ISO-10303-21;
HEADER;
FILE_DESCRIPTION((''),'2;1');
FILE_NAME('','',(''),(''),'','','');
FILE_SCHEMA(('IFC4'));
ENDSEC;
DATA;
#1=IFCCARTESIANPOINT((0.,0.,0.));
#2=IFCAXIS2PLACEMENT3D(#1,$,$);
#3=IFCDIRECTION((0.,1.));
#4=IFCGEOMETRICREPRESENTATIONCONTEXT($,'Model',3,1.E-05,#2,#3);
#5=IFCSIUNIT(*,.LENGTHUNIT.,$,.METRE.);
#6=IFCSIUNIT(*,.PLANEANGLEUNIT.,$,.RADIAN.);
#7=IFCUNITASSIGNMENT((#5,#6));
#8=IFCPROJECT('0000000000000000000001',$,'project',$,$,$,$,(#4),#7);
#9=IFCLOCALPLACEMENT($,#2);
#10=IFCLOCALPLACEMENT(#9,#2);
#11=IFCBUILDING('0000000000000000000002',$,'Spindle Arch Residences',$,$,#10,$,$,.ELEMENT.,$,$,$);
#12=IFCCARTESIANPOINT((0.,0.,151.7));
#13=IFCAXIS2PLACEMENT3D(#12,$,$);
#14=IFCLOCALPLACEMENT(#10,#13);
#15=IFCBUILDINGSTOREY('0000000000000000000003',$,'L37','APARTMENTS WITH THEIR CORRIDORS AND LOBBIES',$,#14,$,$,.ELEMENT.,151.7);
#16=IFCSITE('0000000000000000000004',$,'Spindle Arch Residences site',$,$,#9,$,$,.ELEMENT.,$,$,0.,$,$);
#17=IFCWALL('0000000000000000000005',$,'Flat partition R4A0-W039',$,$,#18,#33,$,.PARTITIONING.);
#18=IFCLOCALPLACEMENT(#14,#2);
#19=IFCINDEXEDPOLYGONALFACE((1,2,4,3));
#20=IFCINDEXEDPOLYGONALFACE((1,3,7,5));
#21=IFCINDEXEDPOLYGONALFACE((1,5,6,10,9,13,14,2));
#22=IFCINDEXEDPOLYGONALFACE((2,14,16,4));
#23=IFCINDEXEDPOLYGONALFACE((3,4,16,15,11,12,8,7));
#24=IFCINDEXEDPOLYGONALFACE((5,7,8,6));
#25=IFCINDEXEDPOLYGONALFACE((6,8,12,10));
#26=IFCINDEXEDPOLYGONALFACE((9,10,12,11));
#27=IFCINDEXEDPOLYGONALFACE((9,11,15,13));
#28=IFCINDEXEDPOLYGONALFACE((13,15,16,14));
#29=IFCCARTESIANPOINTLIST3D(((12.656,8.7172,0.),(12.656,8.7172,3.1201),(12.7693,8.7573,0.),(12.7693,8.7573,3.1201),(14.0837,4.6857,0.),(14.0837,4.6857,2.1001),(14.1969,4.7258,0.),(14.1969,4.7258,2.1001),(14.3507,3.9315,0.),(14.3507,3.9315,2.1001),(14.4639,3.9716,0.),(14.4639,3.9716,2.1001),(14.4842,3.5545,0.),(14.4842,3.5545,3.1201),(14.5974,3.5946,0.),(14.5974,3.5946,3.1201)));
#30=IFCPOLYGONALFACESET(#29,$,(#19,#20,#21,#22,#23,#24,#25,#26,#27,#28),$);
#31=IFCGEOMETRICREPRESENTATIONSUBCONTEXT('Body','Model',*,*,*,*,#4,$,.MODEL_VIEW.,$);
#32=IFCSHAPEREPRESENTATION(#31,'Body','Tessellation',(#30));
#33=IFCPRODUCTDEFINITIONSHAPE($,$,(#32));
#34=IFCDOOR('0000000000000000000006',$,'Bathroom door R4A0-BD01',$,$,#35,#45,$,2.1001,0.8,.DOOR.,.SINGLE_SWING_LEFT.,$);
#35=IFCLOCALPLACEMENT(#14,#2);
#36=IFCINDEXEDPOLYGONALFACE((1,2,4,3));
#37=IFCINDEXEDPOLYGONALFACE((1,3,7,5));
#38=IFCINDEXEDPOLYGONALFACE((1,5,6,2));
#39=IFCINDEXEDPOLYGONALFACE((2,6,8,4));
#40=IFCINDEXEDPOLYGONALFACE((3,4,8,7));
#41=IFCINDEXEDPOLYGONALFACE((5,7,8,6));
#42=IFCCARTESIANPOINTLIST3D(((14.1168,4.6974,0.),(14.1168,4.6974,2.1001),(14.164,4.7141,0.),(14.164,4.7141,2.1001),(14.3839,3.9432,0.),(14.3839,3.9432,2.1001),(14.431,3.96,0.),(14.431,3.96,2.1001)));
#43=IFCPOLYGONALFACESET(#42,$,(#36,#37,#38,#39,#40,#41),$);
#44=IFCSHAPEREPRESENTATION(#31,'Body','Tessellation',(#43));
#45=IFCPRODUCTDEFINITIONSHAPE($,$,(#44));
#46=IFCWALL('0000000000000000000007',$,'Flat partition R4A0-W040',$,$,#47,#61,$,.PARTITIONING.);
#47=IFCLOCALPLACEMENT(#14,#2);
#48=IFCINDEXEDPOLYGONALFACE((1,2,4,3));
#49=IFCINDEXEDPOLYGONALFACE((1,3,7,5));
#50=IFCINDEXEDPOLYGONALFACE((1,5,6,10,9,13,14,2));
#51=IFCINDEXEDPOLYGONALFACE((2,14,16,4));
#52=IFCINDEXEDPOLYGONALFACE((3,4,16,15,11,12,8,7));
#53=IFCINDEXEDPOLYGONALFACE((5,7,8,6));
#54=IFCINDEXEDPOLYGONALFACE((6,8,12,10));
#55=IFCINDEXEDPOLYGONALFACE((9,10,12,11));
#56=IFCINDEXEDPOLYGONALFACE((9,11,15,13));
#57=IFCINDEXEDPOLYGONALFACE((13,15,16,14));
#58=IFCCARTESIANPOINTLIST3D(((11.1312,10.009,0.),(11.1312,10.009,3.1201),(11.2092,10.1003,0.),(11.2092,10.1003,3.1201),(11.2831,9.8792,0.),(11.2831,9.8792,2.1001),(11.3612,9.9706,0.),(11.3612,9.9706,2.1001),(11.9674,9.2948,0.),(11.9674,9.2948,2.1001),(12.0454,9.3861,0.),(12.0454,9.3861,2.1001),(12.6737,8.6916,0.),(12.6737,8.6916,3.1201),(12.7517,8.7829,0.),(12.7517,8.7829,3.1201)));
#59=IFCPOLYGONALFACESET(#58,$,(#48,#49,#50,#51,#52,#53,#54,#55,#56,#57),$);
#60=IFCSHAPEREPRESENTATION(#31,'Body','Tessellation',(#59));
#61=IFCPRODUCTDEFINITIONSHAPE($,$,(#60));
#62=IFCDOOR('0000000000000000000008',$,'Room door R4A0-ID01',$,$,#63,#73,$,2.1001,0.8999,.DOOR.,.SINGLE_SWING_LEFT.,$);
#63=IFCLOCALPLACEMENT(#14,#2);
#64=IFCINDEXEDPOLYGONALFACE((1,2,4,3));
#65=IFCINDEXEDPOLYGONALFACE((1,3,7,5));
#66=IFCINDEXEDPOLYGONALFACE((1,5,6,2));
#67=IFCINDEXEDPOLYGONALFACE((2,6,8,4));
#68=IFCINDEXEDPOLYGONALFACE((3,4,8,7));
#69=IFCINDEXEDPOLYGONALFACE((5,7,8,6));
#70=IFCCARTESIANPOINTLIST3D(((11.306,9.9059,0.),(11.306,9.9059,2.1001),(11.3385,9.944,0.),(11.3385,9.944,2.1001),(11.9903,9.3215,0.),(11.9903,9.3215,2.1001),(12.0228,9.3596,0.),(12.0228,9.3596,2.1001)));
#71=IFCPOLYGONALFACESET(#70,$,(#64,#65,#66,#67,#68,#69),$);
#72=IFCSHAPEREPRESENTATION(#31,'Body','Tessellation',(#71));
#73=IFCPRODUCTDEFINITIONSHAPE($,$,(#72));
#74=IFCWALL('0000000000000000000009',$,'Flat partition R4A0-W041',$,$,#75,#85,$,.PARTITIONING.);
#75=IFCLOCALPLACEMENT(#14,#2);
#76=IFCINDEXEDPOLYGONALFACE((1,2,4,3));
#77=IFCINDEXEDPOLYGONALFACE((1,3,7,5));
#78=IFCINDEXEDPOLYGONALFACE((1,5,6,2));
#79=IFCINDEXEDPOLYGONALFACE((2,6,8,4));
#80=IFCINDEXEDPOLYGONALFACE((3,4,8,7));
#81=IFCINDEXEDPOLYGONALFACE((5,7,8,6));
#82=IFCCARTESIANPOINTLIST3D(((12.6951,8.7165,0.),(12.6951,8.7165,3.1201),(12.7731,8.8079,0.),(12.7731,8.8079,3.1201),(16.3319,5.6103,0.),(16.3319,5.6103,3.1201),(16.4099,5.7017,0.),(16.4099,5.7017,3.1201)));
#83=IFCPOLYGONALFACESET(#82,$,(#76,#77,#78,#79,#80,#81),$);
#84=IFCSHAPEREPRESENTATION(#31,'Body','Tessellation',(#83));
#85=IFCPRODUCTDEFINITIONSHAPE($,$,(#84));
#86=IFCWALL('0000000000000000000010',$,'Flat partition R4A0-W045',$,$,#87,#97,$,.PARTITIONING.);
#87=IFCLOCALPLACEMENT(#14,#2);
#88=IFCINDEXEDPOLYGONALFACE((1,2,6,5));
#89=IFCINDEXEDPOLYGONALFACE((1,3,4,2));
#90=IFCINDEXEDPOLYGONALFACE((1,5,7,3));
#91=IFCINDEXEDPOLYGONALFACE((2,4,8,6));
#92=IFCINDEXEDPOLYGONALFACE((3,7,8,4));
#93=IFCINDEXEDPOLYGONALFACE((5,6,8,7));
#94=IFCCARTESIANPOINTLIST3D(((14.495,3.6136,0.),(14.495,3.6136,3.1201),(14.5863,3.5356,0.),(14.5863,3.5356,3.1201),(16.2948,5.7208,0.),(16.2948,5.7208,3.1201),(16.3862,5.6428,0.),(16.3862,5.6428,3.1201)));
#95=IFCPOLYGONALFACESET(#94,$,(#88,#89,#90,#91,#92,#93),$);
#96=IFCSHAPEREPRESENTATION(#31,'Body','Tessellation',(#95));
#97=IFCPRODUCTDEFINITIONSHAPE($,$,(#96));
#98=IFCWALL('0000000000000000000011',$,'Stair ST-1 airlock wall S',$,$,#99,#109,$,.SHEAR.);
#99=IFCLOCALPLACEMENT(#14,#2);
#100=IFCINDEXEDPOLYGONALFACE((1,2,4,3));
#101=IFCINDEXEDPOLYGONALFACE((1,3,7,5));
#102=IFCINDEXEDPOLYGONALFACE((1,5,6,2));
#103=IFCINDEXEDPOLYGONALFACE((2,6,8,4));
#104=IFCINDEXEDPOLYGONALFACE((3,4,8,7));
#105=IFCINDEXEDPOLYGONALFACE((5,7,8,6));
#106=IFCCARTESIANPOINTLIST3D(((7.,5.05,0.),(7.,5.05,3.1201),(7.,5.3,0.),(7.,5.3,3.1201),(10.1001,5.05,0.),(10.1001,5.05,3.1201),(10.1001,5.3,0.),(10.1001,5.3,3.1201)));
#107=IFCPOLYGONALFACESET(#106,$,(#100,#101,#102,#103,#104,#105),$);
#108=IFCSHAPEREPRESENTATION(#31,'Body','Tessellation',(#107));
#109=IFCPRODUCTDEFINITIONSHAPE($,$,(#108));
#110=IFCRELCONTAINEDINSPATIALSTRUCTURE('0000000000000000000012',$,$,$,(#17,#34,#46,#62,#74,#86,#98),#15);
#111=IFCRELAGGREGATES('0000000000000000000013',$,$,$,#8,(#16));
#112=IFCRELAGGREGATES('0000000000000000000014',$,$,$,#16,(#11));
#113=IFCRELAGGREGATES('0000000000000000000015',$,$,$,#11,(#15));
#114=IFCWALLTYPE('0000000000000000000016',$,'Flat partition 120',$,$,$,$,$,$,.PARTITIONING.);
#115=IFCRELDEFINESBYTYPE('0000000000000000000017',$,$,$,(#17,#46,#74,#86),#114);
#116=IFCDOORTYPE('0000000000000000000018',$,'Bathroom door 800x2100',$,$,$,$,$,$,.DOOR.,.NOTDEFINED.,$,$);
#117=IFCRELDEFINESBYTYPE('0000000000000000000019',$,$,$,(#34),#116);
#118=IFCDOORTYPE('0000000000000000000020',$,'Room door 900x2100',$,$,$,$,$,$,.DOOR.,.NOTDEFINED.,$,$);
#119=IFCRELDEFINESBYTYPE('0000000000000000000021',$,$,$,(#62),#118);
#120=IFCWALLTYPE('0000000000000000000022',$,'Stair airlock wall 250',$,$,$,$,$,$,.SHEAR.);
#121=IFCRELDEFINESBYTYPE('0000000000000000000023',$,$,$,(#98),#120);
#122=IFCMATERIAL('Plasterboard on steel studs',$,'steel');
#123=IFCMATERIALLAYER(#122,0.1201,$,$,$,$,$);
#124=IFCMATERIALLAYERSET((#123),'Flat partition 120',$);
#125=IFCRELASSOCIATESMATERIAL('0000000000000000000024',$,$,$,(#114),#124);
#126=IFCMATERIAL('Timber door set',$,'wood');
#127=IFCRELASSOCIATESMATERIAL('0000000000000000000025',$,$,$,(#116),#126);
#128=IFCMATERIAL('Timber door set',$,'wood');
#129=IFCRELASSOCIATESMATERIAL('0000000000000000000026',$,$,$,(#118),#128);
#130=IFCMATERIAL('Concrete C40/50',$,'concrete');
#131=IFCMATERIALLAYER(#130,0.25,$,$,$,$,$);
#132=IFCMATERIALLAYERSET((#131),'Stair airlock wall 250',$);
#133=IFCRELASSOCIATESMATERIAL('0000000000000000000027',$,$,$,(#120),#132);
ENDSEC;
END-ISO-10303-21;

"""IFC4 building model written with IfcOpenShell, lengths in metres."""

from ifc_helpers import new_model, si_unit, direction, frame, frame_2d, origin, place, context, subcontext, project, spatial, rectangle, extrude, material, layer, layer_set, type_object, element, fill, save


model = new_model("IFC4")

# Units and contexts
model_context = context("Model", 3, precision=1e-05, world=origin(), true_north=direction((0.0, 1.0)))
body_context = subcontext(model_context, "Body", "Model", "MODEL_VIEW")
ifc_project = project(units=[si_unit("LENGTHUNIT", "METRE"), si_unit("PLANEANGLEUNIT", "RADIAN")], contexts=[model_context])

# Site, building, storey
site_placement = place(None, origin())
site = spatial("IfcSite", under=ifc_project, at=site_placement, Name="Spindle Arch Residences site", CompositionType="ELEMENT", RefElevation=0.0)
building_placement = place(site_placement, origin())
building = spatial("IfcBuilding", under=site, at=building_placement, Name="Spindle Arch Residences", CompositionType="ELEMENT")
storey_placement = place(building_placement, frame((0.0, 0.0, 151.7)))
storey = spatial("IfcBuildingStorey", under=building, at=storey_placement, Name="L37", Description="APARTMENTS WITH THEIR CORRIDORS AND LOBBIES", CompositionType="ELEMENT", Elevation=151.7)

# Walls, openings, doors
ifc_material_1 = material(Name="Plasterboard on steel studs", Category="steel")
ifc_layer_1 = layer(ifc_material_1, 0.1201)
ifc_layer_set_1 = layer_set([ifc_layer_1], Name="Flat partition 120")
wall_type_1 = type_object("IfcWallType", Name="Flat partition 120", PredefinedType="PARTITIONING", material=ifc_layer_set_1)
wall_1_placement = place(storey_placement, frame((14.5408, 3.5747, 0.0), z_axis=(0.0, 0.0, 1.0), x_axis=(-0.333799, 0.942644, 0.0)))
wall_1 = element("IfcWall", 1, at=wall_1_placement, inside=storey, type_object=wall_type_1, Name="Flat partition R4A0-W039", PredefinedType="PARTITIONING", context=body_context, shape_type="SweptSolid", body=[
    extrude(rectangle(XDim=5.4768, YDim=0.1201, at=frame_2d((2.7383, 0.0))), origin(), (0.0, 0.0, 1.0), 3.1201),
])
opening_1_placement = place(wall_1_placement, frame((0.3999, 0.0, 0.0)))
opening_1 = element("IfcOpeningElement", 2, at=opening_1_placement, cuts=wall_1, PredefinedType="OPENING", context=body_context, shape_type="SweptSolid", body=[
    extrude(rectangle(XDim=0.8, YDim=2.1001, at=frame_2d((0.3999, 1.05))), frame((0.0, 0.0701, 0.0), z_axis=(0.0, -1.0, 0.0), x_axis=(1.0, 0.0, 0.0)), (0.0, 0.0, 1.0), 0.1401),
])
ifc_material_2 = material(Name="Timber door set", Category="wood")
door_type_1 = type_object("IfcDoorType", Name="Bathroom door 800x2100", OperationType="NOTDEFINED", PredefinedType="DOOR", material=ifc_material_2)
door_1_placement = place(opening_1_placement, origin())
door_1 = element("IfcDoor", 3, at=door_1_placement, inside=storey, type_object=door_type_1, Name="Bathroom door R4A0-BD01", OperationType="SINGLE_SWING_LEFT", OverallHeight=2.1001, OverallWidth=0.8, PredefinedType="DOOR", context=body_context, shape_type="SweptSolid", body=[
    extrude(rectangle(XDim=0.8, YDim=2.1001, at=frame_2d((0.3999, 1.05))), frame((0.0, 0.0249, 0.0), z_axis=(0.0, -1.0, 0.0), x_axis=(1.0, 0.0, 0.0)), (0.0, 0.0, 1.0), 0.05),
])
fill(opening_1, door_1)
wall_2_placement = place(storey_placement, frame((12.7126, 8.7373, 0.0), z_axis=(0.0, 0.0, 1.0), x_axis=(-0.760411, 0.649442, 0.0)))
wall_2 = element("IfcWall", 4, at=wall_2_placement, inside=storey, type_object=wall_type_1, Name="Flat partition R4A0-W040", PredefinedType="PARTITIONING", context=body_context, shape_type="SweptSolid", body=[
    extrude(rectangle(XDim=2.0286, YDim=0.1201, at=frame_2d((1.0142, 0.0))), origin(), (0.0, 0.0, 1.0), 3.1201),
])
opening_2_placement = place(wall_2_placement, frame((0.9287, 0.0, 0.0)))
opening_2 = element("IfcOpeningElement", 5, at=opening_2_placement, cuts=wall_2, PredefinedType="OPENING", context=body_context, shape_type="SweptSolid", body=[
    extrude(rectangle(XDim=0.8999, YDim=2.1001, at=frame_2d((0.45, 1.05))), frame((0.0, 0.0701, 0.0), z_axis=(0.0, -1.0, 0.0), x_axis=(1.0, 0.0, 0.0)), (0.0, 0.0, 1.0), 0.1401),
])
ifc_material_3 = material(Name="Timber door set", Category="wood")
door_type_2 = type_object("IfcDoorType", Name="Room door 900x2100", OperationType="NOTDEFINED", PredefinedType="DOOR", material=ifc_material_3)
door_2_placement = place(opening_2_placement, origin())
door_2 = element("IfcDoor", 6, at=door_2_placement, inside=storey, type_object=door_type_2, Name="Room door R4A0-ID01", OperationType="SINGLE_SWING_LEFT", OverallHeight=2.1001, OverallWidth=0.8999, PredefinedType="DOOR", context=body_context, shape_type="SweptSolid", body=[
    extrude(rectangle(XDim=0.8999, YDim=2.1001, at=frame_2d((0.45, 1.05))), frame((0.0, 0.0249, 0.0), z_axis=(0.0, -1.0, 0.0), x_axis=(1.0, 0.0, 0.0)), (0.0, 0.0, 1.0), 0.05),
])
fill(opening_2, door_2)

# Walls
wall_3_placement = place(storey_placement, frame((12.7341, 8.7622, 0.0), z_axis=(0.0, 0.0, 1.0), x_axis=(0.76039, -0.649466, 0.0)))
element("IfcWall", 7, at=wall_3_placement, inside=storey, type_object=wall_type_1, Name="Flat partition R4A0-W041", PredefinedType="PARTITIONING", context=body_context, shape_type="SweptSolid", body=[
    extrude(rectangle(XDim=4.7827, YDim=0.1201, at=frame_2d((2.3914, 0.0))), origin(), (0.0, 0.0, 1.0), 3.1201),
])
wall_4_placement = place(storey_placement, frame((16.3406, 5.6819, 0.0), z_axis=(0.0, 0.0, 1.0), x_axis=(-0.64947, -0.760387, 0.0)))
element("IfcWall", 8, at=wall_4_placement, inside=storey, type_object=wall_type_1, Name="Flat partition R4A0-W045", PredefinedType="PARTITIONING", context=body_context, shape_type="SweptSolid", body=[
    extrude(rectangle(XDim=2.7712, YDim=0.1201, at=frame_2d((1.3857, 0.0))), origin(), (0.0, 0.0, 1.0), 3.1201),
])
ifc_material_4 = material(Name="Concrete C40/50", Category="concrete")
ifc_layer_2 = layer(ifc_material_4, 0.25)
ifc_layer_set_2 = layer_set([ifc_layer_2], Name="Stair airlock wall 250")
wall_type_2 = type_object("IfcWallType", Name="Stair airlock wall 250", PredefinedType="SHEAR", material=ifc_layer_set_2)
wall_5_placement = place(storey_placement, frame((7.0, 5.175, 0.0), z_axis=(0.0, 0.0, 1.0), x_axis=(1.0, 0.0, 0.0)))
element("IfcWall", 9, at=wall_5_placement, inside=storey, type_object=wall_type_2, Name="Stair ST-1 airlock wall S", PredefinedType="SHEAR", context=body_context, shape_type="SweptSolid", body=[
    extrude(rectangle(XDim=3.1001, YDim=0.25, at=frame_2d((1.55, 0.0))), origin(), (0.0, 0.0, 1.0), 3.1201),
])

save(model, "model.ifc")
